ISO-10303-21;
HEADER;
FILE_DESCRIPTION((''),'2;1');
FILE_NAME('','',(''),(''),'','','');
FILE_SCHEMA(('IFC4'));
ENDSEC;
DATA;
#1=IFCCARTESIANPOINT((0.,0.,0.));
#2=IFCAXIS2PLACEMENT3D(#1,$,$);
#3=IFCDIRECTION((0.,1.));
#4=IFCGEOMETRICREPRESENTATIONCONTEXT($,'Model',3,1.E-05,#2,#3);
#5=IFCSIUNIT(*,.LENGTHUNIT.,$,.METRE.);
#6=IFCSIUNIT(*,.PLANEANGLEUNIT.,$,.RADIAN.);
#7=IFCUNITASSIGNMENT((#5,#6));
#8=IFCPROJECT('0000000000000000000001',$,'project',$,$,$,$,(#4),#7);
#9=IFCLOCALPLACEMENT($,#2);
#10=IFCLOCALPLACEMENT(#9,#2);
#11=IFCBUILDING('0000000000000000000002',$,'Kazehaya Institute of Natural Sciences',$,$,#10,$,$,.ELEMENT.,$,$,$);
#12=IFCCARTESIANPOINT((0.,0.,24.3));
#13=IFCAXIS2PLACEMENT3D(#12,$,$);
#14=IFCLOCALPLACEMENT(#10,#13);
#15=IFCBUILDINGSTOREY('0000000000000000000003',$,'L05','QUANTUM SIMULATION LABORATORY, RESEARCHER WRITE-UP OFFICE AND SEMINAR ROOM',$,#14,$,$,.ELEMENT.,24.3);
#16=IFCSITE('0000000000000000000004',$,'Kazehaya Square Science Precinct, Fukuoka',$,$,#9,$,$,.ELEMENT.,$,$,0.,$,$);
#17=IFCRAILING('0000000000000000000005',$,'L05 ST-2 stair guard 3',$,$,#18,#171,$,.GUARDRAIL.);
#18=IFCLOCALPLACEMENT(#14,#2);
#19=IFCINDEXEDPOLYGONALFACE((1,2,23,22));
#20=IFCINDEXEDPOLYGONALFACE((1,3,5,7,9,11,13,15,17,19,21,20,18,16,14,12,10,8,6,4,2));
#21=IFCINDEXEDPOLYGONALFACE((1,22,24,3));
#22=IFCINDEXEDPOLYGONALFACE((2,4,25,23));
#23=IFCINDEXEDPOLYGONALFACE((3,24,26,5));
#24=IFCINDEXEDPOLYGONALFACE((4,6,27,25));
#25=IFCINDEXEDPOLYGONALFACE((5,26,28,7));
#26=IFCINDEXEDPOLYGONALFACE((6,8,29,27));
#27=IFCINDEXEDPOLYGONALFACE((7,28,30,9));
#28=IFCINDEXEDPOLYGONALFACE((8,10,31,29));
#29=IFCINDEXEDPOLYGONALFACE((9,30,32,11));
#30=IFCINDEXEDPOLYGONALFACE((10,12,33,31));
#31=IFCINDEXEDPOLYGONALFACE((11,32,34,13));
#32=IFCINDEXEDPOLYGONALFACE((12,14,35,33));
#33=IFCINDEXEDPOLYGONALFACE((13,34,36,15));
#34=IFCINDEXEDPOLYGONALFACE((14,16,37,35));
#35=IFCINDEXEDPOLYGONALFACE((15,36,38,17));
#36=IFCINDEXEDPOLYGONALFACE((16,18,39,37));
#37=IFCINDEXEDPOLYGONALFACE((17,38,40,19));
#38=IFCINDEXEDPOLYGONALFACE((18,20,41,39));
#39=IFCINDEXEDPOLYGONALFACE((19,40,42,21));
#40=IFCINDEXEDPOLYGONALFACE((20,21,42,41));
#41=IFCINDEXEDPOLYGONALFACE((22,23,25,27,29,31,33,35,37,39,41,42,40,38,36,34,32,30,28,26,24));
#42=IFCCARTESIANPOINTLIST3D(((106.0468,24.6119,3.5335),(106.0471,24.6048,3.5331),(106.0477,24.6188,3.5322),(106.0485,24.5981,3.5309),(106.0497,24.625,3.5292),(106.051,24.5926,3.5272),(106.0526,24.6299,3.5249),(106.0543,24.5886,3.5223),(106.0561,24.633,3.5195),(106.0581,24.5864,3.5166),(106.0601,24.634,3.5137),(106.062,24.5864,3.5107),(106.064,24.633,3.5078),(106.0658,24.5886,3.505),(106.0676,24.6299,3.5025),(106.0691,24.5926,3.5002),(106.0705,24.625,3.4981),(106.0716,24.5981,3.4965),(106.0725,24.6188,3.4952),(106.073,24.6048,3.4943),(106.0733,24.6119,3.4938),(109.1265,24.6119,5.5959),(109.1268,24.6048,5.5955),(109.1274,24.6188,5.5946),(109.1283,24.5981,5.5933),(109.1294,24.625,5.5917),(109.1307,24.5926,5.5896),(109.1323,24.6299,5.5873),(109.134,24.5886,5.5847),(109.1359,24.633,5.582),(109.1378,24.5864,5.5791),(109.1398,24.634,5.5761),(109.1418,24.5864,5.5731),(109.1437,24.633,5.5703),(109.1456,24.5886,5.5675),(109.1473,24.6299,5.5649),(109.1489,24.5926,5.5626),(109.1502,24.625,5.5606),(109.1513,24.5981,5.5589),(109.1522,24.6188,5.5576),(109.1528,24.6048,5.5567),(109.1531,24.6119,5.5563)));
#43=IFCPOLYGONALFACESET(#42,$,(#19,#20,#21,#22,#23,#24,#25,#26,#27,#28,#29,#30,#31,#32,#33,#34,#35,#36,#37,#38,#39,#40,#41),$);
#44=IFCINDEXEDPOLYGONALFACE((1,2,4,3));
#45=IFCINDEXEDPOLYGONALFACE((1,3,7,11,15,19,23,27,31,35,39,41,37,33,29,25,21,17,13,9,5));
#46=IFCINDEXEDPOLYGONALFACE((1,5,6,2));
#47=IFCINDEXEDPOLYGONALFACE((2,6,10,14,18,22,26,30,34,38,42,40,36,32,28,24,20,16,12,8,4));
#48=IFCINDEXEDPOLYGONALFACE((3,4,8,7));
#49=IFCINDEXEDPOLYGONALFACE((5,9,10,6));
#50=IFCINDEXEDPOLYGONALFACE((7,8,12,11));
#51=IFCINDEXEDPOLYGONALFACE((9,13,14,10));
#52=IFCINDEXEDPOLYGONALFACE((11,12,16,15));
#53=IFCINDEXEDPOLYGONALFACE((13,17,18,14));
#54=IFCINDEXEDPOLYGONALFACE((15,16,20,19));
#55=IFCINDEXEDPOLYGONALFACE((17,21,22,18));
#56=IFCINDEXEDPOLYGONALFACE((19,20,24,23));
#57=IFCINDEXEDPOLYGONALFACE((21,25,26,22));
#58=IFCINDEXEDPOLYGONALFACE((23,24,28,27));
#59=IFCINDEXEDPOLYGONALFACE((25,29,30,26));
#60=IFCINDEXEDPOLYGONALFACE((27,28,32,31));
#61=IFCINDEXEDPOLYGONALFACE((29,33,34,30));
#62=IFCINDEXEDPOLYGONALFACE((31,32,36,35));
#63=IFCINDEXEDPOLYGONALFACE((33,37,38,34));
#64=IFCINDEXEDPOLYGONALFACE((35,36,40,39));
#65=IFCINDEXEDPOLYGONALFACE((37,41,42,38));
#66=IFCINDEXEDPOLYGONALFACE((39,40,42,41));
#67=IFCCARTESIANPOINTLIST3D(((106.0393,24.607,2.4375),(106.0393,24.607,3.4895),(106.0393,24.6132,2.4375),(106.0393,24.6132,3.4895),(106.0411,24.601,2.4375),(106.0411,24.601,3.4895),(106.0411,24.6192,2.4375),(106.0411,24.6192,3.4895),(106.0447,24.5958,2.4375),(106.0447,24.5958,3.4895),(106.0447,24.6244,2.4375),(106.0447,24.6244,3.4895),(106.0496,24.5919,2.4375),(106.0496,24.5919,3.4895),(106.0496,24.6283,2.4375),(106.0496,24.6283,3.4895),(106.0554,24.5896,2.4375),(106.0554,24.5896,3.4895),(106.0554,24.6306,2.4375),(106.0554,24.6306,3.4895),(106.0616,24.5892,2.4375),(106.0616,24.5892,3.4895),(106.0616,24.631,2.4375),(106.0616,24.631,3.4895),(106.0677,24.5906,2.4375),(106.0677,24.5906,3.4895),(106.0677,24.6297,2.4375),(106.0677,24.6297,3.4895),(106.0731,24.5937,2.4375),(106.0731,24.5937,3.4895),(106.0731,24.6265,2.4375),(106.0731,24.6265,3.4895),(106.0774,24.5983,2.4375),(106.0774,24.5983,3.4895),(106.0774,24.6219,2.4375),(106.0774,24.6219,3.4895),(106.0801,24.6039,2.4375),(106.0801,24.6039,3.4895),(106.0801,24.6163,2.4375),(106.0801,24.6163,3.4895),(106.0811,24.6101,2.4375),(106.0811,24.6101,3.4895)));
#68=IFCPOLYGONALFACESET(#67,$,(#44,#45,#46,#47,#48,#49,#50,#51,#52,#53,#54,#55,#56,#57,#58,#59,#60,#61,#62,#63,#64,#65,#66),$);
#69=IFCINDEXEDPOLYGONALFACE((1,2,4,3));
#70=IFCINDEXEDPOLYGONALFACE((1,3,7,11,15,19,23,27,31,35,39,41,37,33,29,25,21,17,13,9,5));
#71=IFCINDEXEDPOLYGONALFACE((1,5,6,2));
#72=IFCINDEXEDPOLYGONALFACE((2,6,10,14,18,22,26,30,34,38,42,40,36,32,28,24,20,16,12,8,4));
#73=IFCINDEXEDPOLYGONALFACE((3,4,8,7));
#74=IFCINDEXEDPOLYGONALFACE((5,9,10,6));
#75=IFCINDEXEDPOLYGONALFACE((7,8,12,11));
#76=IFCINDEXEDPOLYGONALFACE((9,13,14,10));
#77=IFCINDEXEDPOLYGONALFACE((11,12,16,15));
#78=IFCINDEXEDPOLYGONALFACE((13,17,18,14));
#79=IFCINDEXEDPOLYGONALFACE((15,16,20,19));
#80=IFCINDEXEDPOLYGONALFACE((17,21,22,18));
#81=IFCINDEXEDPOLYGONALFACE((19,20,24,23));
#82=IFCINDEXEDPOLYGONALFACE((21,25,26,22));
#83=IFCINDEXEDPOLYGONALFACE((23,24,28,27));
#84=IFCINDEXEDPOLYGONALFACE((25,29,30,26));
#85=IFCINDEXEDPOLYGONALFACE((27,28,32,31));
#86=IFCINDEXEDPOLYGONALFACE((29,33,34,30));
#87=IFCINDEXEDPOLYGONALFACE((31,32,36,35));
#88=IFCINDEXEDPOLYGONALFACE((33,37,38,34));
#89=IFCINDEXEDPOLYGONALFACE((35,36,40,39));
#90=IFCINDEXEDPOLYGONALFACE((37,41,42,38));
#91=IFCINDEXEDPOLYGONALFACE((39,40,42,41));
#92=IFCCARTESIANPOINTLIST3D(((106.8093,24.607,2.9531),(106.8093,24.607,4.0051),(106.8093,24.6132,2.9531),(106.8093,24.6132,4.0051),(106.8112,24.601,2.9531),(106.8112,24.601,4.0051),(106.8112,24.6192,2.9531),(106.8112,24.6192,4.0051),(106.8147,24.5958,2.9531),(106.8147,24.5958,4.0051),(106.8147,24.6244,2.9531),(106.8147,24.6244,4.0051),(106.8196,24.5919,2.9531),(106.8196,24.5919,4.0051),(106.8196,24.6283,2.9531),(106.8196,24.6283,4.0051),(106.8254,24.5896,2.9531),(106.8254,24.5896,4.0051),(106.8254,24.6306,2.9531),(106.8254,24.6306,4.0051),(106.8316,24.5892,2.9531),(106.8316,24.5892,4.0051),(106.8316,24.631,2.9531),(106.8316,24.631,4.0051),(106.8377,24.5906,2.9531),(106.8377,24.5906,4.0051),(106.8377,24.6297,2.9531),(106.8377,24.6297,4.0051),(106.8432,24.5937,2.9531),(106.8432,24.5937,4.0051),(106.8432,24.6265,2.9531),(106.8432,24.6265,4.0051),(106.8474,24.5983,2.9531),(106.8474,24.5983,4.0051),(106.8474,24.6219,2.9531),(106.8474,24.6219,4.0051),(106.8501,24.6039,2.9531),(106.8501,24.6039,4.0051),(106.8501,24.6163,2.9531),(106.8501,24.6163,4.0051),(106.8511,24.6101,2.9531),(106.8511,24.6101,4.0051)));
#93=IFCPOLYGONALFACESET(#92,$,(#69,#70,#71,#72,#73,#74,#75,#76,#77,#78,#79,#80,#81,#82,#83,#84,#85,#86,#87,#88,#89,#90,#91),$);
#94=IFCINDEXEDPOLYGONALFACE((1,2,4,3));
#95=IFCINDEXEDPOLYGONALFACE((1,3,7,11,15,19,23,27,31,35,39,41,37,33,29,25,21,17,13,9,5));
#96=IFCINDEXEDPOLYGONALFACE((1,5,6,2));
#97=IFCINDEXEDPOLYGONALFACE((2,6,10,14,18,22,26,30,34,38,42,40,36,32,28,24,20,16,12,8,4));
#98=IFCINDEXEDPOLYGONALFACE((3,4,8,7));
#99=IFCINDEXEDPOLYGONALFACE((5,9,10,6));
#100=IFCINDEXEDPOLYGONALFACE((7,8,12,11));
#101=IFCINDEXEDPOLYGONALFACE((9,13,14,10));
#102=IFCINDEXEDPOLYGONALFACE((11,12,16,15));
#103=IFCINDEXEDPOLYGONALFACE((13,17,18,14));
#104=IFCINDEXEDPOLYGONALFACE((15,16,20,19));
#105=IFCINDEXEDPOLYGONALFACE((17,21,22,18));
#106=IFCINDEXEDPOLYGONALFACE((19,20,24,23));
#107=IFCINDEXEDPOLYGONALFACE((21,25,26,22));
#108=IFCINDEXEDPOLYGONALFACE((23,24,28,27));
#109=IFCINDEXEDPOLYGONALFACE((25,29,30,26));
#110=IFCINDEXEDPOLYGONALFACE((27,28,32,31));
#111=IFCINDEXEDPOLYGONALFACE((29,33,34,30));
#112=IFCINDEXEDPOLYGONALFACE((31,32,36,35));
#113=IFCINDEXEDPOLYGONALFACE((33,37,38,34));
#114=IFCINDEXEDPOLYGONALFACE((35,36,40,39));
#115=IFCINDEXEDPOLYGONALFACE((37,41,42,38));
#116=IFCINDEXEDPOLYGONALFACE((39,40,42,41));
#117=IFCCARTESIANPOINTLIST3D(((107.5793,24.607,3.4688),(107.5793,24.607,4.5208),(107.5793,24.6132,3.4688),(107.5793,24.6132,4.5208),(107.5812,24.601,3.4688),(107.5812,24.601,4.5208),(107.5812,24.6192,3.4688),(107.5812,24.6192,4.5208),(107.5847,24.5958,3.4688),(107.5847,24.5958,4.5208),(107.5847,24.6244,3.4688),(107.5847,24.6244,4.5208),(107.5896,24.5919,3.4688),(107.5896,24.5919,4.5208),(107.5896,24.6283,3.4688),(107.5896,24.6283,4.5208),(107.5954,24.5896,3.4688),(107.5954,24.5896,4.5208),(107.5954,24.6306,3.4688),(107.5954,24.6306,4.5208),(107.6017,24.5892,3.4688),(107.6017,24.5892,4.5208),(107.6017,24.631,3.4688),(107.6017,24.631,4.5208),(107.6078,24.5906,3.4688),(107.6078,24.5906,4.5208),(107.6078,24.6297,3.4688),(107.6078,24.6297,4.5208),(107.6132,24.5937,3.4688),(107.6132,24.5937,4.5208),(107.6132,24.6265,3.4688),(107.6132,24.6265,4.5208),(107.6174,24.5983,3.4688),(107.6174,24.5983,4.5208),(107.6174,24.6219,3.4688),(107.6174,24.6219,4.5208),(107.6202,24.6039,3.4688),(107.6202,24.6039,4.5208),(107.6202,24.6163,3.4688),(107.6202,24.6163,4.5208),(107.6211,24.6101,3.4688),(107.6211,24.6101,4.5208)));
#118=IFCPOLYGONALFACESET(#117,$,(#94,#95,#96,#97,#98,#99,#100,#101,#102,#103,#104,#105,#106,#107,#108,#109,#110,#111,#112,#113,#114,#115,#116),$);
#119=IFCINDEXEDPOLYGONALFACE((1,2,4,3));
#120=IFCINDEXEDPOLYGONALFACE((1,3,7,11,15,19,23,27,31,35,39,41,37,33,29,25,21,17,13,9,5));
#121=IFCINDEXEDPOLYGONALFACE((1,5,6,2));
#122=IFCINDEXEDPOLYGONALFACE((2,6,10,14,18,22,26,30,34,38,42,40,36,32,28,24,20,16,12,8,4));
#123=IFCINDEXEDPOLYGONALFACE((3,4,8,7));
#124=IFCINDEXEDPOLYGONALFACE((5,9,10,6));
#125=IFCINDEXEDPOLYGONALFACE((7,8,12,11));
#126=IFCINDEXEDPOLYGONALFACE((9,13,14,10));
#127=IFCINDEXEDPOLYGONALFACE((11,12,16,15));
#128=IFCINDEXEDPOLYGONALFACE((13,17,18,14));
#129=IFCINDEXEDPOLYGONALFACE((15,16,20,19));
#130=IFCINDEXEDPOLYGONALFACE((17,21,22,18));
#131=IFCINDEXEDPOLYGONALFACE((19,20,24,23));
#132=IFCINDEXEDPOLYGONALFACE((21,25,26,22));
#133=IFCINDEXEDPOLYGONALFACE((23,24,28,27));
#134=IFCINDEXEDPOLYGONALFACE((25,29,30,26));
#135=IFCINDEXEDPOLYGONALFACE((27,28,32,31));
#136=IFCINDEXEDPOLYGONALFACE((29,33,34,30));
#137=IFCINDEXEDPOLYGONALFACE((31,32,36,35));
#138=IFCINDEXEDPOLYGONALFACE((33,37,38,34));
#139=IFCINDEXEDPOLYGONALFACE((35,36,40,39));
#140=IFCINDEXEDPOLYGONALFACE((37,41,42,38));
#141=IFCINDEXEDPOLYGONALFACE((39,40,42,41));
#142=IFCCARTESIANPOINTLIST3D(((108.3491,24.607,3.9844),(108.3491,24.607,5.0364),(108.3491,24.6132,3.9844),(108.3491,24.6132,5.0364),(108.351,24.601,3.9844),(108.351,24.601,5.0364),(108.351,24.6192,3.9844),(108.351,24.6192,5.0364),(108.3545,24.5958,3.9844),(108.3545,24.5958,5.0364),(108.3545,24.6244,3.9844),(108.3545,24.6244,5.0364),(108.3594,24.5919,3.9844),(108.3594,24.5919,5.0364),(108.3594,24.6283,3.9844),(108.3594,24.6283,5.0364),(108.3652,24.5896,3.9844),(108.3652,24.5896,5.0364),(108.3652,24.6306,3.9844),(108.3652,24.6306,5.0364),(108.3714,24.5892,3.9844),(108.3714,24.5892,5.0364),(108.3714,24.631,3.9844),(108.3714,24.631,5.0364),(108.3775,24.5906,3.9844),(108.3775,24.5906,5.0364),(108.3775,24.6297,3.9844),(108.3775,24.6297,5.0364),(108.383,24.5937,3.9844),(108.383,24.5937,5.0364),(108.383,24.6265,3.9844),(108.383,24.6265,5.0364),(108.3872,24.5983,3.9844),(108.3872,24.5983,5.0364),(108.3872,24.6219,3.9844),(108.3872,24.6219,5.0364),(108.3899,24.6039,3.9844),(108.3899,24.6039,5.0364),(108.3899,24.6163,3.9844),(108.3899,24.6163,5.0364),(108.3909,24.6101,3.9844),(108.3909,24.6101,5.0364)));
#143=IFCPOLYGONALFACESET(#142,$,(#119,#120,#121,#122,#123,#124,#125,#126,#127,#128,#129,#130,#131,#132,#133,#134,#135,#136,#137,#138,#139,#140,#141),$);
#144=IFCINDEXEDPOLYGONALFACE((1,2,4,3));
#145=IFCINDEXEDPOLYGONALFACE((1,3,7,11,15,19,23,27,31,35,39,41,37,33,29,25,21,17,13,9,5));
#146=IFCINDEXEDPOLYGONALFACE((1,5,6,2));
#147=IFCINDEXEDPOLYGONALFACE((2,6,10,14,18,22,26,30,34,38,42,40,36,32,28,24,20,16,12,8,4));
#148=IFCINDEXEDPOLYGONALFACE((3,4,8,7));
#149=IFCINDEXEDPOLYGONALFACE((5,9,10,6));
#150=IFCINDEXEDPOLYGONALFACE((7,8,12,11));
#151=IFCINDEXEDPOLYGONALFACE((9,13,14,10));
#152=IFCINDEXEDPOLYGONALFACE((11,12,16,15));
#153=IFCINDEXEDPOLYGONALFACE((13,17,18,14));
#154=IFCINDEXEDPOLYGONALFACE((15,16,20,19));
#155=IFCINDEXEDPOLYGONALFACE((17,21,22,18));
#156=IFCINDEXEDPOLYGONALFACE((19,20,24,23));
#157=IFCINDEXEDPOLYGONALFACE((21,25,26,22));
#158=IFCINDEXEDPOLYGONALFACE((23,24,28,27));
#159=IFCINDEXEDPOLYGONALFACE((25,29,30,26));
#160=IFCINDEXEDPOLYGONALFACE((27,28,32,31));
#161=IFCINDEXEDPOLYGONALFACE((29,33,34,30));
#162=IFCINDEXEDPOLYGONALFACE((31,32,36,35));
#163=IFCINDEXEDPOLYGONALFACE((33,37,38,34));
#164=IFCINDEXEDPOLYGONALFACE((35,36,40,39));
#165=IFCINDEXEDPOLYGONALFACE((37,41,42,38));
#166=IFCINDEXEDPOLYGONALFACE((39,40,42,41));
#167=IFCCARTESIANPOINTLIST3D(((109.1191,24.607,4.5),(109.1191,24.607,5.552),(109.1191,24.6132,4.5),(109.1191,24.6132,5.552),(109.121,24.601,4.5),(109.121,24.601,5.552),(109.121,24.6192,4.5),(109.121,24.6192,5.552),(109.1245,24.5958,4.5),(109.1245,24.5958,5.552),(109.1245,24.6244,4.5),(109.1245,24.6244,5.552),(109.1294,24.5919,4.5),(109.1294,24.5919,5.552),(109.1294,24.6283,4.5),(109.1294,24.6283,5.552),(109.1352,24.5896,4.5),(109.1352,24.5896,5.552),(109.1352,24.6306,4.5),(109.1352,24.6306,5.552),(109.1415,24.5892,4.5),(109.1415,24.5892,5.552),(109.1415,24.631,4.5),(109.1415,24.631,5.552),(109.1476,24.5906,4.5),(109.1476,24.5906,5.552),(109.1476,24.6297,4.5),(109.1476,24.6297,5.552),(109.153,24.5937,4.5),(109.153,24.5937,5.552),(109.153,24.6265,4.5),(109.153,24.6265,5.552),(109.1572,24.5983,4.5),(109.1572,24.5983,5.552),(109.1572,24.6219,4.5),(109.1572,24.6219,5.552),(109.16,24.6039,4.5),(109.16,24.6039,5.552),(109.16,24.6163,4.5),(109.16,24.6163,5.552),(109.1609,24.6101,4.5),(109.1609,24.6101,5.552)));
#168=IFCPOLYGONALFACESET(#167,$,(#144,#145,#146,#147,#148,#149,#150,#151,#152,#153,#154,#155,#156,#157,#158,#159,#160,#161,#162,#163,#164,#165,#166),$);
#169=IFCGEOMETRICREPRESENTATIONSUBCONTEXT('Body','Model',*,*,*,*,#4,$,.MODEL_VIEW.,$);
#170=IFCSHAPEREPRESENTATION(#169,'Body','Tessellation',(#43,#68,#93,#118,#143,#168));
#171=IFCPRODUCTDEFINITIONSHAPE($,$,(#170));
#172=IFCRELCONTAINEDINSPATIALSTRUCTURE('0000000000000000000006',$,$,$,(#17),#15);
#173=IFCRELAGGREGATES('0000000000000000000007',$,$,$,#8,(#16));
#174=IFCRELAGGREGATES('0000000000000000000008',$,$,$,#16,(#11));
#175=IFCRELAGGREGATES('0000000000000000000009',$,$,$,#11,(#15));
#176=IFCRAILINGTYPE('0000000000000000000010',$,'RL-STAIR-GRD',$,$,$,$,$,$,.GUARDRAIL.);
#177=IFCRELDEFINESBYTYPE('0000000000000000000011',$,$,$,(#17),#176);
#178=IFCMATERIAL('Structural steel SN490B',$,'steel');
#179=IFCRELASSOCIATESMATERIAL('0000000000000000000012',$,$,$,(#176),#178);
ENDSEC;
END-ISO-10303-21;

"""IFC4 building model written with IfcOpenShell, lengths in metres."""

from ifc_helpers import new_model, si_unit, direction, frame, origin, origin_2d, place, context, subcontext, project, spatial, circle, extrude, material, type_object, element, save


model = new_model("IFC4")

# Units and contexts
model_context = context("Model", 3, precision=1e-05, world=origin(), true_north=direction((0.0, 1.0)))
body_context = subcontext(model_context, "Body", "Model", "MODEL_VIEW")
ifc_project = project(units=[si_unit("LENGTHUNIT", "METRE"), si_unit("PLANEANGLEUNIT", "RADIAN")], contexts=[model_context])

# Site, building, storey
site_placement = place(None, origin())
site = spatial("IfcSite", under=ifc_project, at=site_placement, Name="Kazehaya Square Science Precinct, Fukuoka", CompositionType="ELEMENT", RefElevation=0.0)
building_placement = place(site_placement, origin())
building = spatial("IfcBuilding", under=site, at=building_placement, Name="Kazehaya Institute of Natural Sciences", CompositionType="ELEMENT")
storey_placement = place(building_placement, frame((0.0, 0.0, 24.3)))
storey = spatial("IfcBuildingStorey", under=building, at=storey_placement, Name="L05", Description="QUANTUM SIMULATION LABORATORY, RESEARCHER WRITE-UP OFFICE AND SEMINAR ROOM", CompositionType="ELEMENT", Elevation=24.3)

# Railing
ifc_material_1 = material(Name="Structural steel SN490B", Category="steel")
railing_type_1 = type_object("IfcRailingType", Name="RL-STAIR-GRD", PredefinedType="GUARDRAIL", material=ifc_material_1)
railing_1_placement = place(storey_placement, frame((106.0601, 24.6101, 2.4375)))
element("IfcRailing", 1, at=railing_1_placement, inside=storey, type_object=railing_type_1, Name="L05 ST-2 stair guard 3", PredefinedType="GUARDRAIL", context=body_context, shape_type="SweptSolid", body=[
    extrude(circle(Radius=0.0239, at=origin_2d()), frame((0.0, 0.0, 1.0762), z_axis=(0.830893, 0.0, 0.556432), x_axis=(0.0, 1.0, 0.0)), (0.0, 0.0, 1.0), 3.7065),
    extrude(circle(Radius=0.021, at=origin_2d()), origin(), (0.0, 0.0, 1.0), 1.052),
    extrude(circle(Radius=0.021, at=origin_2d()), frame((0.77, 0.0, 0.5156)), (0.0, 0.0, 1.0), 1.052),
    extrude(circle(Radius=0.021, at=origin_2d()), frame((1.54, 0.0, 1.0312)), (0.0, 0.0, 1.0), 1.052),
    extrude(circle(Radius=0.021, at=origin_2d()), frame((2.3098, 0.0, 1.5469)), (0.0, 0.0, 1.0), 1.052),
    extrude(circle(Radius=0.021, at=origin_2d()), frame((3.0798, 0.0, 2.0625)), (0.0, 0.0, 1.0), 1.052),
])

save(model, "model.ifc")
